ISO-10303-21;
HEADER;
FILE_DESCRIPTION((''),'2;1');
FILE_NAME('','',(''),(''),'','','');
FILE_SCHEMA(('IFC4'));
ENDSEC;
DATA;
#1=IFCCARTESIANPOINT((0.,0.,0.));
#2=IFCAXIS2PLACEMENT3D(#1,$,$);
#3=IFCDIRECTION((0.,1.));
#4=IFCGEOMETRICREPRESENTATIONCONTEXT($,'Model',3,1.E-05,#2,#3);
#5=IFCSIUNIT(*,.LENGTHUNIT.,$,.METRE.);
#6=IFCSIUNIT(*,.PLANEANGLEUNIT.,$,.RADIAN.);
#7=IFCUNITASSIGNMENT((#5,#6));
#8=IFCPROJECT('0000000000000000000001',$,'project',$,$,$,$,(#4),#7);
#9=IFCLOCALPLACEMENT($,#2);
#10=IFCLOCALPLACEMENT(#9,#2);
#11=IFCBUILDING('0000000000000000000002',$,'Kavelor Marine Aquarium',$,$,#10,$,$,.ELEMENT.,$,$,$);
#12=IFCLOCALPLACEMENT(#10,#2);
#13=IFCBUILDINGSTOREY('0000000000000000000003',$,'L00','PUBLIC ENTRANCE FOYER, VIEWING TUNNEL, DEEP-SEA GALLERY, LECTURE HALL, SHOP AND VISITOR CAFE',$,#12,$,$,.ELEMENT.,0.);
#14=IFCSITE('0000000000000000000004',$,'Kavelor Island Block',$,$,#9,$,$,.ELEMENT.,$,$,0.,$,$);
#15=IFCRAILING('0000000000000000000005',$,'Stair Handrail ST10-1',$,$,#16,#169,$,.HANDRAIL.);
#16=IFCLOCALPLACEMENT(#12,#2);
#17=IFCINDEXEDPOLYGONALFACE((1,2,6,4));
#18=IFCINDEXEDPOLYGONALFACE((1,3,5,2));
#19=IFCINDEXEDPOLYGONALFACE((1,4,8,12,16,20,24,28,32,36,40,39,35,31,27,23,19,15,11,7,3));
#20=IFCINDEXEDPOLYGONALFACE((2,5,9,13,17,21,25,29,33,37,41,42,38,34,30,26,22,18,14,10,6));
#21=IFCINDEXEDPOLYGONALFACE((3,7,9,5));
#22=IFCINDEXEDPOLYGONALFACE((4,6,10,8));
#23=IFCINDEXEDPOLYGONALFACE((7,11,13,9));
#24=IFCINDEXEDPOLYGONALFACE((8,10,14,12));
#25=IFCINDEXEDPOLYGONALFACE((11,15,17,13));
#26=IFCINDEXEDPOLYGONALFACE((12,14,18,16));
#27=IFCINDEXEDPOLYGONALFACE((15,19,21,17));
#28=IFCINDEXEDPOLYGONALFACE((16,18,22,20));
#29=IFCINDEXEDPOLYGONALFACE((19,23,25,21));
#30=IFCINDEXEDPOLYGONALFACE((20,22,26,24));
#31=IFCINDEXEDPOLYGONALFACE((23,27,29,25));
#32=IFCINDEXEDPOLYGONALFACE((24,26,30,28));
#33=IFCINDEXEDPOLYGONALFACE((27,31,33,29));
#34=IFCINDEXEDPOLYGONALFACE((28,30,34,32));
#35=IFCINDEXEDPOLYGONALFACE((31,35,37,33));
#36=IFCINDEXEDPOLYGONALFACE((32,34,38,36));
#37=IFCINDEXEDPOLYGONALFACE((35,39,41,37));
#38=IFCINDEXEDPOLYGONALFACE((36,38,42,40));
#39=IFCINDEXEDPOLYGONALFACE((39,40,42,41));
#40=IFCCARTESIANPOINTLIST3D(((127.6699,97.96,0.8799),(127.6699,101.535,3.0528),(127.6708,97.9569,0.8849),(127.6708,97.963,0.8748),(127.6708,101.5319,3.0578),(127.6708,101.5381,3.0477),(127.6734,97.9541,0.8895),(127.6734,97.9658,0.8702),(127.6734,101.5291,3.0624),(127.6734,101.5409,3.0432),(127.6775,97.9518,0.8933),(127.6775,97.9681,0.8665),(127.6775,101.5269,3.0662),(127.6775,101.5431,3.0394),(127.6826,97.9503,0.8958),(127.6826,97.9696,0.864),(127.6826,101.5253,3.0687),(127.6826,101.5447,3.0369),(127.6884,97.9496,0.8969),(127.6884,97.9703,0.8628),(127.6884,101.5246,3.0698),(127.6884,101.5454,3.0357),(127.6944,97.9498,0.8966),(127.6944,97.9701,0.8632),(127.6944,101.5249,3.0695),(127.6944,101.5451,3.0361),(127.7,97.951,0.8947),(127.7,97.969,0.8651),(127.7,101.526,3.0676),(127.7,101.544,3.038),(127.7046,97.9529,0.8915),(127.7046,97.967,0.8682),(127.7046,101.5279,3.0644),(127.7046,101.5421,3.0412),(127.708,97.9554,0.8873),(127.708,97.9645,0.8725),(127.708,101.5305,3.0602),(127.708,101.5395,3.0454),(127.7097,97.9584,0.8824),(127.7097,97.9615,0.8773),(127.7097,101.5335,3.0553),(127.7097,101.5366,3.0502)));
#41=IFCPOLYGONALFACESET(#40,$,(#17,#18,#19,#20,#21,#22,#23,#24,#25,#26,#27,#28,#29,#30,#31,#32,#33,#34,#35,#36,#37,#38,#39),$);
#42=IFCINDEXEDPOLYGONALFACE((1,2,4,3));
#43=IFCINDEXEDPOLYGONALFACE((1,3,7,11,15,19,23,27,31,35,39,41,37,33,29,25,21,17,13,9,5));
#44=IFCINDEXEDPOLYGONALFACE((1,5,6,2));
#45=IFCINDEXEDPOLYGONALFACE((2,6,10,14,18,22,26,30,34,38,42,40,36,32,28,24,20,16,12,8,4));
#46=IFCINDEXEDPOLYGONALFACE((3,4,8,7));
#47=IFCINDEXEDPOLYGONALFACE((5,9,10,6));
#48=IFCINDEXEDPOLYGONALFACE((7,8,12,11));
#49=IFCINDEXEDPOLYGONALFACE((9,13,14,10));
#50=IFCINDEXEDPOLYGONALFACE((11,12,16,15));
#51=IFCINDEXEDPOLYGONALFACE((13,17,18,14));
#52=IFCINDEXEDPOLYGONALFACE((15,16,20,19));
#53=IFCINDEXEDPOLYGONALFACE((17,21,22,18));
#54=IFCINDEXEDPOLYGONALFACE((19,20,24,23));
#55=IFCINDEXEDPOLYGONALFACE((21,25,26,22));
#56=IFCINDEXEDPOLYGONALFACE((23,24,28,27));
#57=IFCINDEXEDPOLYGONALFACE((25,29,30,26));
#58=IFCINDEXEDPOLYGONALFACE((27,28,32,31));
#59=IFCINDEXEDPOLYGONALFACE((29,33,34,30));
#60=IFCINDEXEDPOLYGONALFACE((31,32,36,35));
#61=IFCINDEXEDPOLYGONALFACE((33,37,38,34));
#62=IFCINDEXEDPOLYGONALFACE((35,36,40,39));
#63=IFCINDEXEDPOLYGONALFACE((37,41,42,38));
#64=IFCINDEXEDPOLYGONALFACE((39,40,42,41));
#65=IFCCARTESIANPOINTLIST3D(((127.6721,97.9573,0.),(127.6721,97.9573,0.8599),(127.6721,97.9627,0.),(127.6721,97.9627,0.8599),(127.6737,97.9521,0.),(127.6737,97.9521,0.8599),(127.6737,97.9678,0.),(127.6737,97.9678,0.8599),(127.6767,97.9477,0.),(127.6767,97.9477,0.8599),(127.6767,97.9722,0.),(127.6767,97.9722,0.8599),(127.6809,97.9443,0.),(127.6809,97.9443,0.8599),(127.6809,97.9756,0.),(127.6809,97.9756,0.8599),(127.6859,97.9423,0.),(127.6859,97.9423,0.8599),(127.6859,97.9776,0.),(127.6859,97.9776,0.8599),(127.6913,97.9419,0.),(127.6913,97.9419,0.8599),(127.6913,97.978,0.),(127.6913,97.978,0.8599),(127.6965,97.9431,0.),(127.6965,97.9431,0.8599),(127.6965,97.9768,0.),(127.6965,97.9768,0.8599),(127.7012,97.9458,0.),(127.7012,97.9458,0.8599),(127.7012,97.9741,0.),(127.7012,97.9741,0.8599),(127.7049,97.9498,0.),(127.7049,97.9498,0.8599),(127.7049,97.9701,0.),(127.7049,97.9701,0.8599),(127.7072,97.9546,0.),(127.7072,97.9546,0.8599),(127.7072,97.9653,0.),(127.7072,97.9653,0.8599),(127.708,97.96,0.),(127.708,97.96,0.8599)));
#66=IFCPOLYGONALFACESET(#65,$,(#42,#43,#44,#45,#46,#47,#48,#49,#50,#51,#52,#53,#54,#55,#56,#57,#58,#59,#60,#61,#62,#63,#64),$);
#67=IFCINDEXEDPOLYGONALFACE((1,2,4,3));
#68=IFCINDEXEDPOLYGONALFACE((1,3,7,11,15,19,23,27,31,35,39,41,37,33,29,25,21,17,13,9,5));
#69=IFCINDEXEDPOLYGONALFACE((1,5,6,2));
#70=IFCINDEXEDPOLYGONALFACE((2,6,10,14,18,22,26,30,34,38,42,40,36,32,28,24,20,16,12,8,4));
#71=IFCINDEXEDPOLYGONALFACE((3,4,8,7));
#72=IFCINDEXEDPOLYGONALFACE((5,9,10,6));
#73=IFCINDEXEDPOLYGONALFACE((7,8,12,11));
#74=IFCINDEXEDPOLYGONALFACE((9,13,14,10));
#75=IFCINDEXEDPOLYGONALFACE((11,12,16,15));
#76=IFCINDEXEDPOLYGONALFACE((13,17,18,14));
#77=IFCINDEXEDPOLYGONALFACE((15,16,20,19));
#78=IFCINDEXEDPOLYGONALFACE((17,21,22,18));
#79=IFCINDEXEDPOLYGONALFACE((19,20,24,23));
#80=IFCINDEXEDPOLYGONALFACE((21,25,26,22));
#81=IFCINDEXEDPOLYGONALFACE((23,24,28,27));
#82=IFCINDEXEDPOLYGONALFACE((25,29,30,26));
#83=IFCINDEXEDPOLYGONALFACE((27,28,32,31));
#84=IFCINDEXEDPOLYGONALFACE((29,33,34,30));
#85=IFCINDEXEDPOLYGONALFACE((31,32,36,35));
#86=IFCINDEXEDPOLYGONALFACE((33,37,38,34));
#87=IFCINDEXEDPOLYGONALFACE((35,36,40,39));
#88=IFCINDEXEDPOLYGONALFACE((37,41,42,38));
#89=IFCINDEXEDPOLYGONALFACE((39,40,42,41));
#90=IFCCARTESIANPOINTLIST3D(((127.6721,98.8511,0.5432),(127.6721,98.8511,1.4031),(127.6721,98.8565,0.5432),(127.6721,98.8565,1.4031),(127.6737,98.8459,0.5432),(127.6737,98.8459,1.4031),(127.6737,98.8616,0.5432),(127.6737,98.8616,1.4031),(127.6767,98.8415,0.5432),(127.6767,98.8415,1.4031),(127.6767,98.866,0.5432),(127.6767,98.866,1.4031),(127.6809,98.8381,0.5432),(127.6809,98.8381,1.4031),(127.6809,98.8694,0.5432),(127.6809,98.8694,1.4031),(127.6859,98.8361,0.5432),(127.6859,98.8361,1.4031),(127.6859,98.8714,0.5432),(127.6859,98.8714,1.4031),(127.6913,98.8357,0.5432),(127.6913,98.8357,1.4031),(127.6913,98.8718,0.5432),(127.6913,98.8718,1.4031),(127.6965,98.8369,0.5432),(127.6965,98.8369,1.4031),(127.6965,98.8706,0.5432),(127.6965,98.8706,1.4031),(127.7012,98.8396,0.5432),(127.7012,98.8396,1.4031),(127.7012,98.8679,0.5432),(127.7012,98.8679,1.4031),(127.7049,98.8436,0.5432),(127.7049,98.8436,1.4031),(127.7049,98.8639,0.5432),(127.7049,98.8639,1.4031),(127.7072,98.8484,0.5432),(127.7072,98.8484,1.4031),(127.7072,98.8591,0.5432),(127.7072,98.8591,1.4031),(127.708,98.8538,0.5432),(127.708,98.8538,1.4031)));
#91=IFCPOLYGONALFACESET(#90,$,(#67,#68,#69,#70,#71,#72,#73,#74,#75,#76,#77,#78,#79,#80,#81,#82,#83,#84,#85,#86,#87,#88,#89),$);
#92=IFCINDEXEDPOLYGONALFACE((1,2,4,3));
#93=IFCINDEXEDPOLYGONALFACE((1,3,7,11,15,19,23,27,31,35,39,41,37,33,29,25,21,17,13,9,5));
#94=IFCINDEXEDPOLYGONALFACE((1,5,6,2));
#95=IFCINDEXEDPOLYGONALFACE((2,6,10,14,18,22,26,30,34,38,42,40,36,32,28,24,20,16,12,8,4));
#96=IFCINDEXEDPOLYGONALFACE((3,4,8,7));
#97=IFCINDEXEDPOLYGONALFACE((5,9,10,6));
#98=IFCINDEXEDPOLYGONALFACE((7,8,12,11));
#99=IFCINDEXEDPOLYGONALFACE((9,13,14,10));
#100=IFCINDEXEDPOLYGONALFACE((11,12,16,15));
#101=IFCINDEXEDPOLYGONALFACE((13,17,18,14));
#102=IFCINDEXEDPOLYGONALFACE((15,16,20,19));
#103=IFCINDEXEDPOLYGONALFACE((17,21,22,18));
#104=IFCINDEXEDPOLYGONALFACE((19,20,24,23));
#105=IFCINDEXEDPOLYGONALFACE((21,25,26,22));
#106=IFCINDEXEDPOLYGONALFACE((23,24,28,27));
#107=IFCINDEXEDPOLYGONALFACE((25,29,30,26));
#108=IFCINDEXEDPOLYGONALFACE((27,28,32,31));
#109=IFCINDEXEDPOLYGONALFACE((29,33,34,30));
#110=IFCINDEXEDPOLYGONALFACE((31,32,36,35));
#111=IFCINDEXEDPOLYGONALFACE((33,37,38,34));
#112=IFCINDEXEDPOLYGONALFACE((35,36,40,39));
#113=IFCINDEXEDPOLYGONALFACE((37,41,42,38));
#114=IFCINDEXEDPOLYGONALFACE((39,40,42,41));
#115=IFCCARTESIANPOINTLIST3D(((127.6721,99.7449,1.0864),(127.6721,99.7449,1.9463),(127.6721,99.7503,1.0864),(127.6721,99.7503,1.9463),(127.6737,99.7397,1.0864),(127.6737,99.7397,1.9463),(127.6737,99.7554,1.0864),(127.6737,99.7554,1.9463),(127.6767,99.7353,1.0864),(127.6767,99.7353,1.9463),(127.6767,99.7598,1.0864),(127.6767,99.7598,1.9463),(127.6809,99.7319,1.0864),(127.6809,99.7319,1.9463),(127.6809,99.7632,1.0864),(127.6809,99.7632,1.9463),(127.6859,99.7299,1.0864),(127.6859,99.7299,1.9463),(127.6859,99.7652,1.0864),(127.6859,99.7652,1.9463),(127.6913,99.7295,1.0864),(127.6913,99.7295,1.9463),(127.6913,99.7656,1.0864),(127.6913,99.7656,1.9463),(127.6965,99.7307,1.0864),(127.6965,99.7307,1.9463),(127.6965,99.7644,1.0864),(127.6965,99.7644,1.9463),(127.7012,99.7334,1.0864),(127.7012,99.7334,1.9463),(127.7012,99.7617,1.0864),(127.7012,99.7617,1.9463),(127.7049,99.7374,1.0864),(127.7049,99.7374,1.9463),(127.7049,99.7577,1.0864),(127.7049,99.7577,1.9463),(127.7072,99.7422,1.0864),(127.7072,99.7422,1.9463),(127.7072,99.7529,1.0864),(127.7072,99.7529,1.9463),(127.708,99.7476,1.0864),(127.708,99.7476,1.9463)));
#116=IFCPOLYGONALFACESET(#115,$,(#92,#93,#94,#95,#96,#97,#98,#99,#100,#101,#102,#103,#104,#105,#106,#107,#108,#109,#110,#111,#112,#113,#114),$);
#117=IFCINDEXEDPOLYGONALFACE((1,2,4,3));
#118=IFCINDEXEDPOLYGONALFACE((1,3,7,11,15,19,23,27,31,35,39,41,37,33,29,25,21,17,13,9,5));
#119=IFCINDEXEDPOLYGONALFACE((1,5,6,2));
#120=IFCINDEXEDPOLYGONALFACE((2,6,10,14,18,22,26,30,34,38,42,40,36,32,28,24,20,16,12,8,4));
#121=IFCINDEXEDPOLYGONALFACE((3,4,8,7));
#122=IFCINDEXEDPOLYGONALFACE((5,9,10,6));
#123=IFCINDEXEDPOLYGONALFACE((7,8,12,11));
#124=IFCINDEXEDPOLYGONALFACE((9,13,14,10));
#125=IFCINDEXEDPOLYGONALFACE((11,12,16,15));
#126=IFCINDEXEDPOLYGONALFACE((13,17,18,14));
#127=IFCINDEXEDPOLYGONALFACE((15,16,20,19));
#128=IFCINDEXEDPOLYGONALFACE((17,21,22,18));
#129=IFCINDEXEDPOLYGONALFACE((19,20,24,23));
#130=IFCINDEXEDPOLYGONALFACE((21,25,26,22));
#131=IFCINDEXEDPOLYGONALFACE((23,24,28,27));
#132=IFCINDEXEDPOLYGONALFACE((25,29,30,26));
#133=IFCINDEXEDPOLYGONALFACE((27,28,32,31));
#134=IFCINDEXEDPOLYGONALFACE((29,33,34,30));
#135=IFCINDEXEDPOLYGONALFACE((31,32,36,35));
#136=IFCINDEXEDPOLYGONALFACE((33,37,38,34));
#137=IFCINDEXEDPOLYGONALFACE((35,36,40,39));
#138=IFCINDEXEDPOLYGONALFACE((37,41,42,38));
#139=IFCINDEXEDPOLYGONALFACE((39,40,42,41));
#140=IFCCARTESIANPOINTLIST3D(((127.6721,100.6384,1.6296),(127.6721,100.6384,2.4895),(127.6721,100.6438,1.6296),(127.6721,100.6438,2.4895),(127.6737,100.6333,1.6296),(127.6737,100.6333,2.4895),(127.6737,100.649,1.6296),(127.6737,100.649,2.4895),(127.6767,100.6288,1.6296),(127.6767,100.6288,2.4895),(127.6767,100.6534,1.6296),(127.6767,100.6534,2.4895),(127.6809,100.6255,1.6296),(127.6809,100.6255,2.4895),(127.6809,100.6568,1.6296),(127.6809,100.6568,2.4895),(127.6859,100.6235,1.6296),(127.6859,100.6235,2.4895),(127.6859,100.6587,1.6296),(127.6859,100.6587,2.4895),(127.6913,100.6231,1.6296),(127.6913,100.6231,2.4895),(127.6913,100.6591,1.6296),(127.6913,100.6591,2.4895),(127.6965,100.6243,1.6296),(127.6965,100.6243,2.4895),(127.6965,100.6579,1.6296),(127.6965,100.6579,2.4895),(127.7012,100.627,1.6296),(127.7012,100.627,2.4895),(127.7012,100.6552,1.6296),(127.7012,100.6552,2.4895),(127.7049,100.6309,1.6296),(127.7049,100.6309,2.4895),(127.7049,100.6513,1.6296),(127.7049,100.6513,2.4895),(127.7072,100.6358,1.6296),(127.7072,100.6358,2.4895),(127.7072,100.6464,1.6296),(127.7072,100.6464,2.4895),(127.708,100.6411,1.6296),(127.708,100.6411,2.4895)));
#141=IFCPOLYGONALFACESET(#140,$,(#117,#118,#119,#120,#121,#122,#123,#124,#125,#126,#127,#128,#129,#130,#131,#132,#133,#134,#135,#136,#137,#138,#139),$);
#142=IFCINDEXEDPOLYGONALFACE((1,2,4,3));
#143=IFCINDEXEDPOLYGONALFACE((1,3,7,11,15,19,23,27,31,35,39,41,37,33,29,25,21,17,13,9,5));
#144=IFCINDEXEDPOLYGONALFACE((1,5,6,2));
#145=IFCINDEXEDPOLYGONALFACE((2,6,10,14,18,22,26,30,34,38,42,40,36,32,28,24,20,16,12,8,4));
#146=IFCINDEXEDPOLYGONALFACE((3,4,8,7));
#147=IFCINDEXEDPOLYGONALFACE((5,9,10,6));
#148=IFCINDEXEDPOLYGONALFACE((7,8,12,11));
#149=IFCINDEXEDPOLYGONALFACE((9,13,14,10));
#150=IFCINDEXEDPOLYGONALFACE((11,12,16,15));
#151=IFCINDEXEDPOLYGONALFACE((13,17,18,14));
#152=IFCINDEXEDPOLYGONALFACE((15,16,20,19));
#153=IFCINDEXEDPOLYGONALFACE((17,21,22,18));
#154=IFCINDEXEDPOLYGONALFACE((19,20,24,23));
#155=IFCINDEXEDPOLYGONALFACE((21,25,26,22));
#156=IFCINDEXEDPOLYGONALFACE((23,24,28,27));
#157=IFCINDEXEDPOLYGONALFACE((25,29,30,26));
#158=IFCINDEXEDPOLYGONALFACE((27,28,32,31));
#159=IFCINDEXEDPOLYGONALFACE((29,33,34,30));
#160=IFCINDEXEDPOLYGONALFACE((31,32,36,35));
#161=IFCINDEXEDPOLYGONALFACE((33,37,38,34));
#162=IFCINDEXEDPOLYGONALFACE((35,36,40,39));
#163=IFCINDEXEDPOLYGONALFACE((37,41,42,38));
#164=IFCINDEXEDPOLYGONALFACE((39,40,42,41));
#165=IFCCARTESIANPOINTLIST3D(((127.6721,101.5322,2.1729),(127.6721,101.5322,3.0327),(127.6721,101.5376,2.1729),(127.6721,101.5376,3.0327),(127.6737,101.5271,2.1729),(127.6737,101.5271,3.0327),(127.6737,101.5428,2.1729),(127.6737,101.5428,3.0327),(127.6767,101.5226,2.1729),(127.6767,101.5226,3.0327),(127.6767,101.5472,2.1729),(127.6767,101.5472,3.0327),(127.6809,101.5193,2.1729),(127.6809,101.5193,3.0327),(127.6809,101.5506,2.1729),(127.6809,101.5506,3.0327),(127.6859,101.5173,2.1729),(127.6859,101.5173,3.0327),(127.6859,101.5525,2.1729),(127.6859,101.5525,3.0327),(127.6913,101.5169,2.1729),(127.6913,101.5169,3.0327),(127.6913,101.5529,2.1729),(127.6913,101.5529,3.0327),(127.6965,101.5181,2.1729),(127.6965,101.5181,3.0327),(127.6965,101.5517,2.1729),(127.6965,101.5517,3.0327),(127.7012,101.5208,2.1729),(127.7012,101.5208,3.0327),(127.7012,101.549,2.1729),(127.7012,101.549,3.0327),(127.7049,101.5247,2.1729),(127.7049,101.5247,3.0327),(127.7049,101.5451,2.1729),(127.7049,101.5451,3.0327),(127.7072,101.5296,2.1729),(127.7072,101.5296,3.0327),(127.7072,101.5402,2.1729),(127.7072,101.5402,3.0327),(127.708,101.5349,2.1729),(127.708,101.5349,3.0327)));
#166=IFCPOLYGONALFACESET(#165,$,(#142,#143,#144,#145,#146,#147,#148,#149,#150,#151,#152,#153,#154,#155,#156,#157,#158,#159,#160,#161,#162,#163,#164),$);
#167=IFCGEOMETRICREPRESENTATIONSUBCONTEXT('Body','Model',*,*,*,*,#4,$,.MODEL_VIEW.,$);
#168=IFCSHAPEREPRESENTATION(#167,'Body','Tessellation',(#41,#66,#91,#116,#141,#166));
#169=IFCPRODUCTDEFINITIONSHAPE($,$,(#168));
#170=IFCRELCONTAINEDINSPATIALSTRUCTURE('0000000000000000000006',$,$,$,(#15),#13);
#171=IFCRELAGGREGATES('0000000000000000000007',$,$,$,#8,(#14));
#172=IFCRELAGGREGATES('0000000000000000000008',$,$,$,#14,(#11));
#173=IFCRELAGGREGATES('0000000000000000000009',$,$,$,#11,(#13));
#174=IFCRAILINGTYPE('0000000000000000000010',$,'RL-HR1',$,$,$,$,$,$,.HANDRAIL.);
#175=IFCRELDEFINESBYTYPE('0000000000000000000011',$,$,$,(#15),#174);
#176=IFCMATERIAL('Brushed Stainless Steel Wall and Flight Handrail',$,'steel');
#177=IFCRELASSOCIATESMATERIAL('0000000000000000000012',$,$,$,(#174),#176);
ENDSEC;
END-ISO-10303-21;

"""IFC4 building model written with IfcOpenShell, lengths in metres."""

from ifc_helpers import new_model, si_unit, direction, frame, origin, origin_2d, place, context, subcontext, project, spatial, circle, extrude, material, type_object, element, save


model = new_model("IFC4")

# Units and contexts
model_context = context("Model", 3, precision=1e-05, world=origin(), true_north=direction((0.0, 1.0)))
body_context = subcontext(model_context, "Body", "Model", "MODEL_VIEW")
ifc_project = project(units=[si_unit("LENGTHUNIT", "METRE"), si_unit("PLANEANGLEUNIT", "RADIAN")], contexts=[model_context])

# Site, building, storey
site_placement = place(None, origin())
site = spatial("IfcSite", under=ifc_project, at=site_placement, Name="Kavelor Island Block", CompositionType="ELEMENT", RefElevation=0.0)
building_placement = place(site_placement, origin())
building = spatial("IfcBuilding", under=site, at=building_placement, Name="Kavelor Marine Aquarium", CompositionType="ELEMENT")
storey_placement = place(building_placement, origin())
storey = spatial("IfcBuildingStorey", under=building, at=storey_placement, Name="L00", Description="PUBLIC ENTRANCE FOYER, VIEWING TUNNEL, DEEP-SEA GALLERY, LECTURE HALL, SHOP AND VISITOR CAFE", CompositionType="ELEMENT", Elevation=0.0)

# Railing
ifc_material_1 = material(Name="Brushed Stainless Steel Wall and Flight Handrail", Category="steel")
railing_type = type_object("IfcRailingType", Name="RL-HR1", PredefinedType="HANDRAIL", material=ifc_material_1)
railing_placement = place(storey_placement, frame((127.6899, 97.96, 0.0)))
element("IfcRailing", 1, at=railing_placement, inside=storey, type_object=railing_type, Name="Stair Handrail ST10-1", PredefinedType="HANDRAIL", context=body_context, shape_type="SweptSolid", body=[
    extrude(circle(Radius=0.02, at=origin_2d()), frame((0.0, 0.0, 0.8799), z_axis=(0.0, 0.854539, 0.519388), x_axis=(-1.0, 0.0, 0.0)), (0.0, 0.0, 1.0), 4.1836),
    extrude(circle(Radius=0.0181, at=origin_2d()), origin(), (0.0, 0.0, 1.0), 0.8599),
    extrude(circle(Radius=0.0181, at=origin_2d()), frame((0.0, 0.8938, 0.5432)), (0.0, 0.0, 1.0), 0.8599),
    extrude(circle(Radius=0.0181, at=origin_2d()), frame((0.0, 1.7876, 1.0864)), (0.0, 0.0, 1.0), 0.8599),
    extrude(circle(Radius=0.0181, at=origin_2d()), frame((0.0, 2.6812, 1.6296)), (0.0, 0.0, 1.0), 0.8599),
    extrude(circle(Radius=0.0181, at=origin_2d()), frame((0.0, 3.575, 2.1729)), (0.0, 0.0, 1.0), 0.8599),
])

save(model, "model.ifc")
